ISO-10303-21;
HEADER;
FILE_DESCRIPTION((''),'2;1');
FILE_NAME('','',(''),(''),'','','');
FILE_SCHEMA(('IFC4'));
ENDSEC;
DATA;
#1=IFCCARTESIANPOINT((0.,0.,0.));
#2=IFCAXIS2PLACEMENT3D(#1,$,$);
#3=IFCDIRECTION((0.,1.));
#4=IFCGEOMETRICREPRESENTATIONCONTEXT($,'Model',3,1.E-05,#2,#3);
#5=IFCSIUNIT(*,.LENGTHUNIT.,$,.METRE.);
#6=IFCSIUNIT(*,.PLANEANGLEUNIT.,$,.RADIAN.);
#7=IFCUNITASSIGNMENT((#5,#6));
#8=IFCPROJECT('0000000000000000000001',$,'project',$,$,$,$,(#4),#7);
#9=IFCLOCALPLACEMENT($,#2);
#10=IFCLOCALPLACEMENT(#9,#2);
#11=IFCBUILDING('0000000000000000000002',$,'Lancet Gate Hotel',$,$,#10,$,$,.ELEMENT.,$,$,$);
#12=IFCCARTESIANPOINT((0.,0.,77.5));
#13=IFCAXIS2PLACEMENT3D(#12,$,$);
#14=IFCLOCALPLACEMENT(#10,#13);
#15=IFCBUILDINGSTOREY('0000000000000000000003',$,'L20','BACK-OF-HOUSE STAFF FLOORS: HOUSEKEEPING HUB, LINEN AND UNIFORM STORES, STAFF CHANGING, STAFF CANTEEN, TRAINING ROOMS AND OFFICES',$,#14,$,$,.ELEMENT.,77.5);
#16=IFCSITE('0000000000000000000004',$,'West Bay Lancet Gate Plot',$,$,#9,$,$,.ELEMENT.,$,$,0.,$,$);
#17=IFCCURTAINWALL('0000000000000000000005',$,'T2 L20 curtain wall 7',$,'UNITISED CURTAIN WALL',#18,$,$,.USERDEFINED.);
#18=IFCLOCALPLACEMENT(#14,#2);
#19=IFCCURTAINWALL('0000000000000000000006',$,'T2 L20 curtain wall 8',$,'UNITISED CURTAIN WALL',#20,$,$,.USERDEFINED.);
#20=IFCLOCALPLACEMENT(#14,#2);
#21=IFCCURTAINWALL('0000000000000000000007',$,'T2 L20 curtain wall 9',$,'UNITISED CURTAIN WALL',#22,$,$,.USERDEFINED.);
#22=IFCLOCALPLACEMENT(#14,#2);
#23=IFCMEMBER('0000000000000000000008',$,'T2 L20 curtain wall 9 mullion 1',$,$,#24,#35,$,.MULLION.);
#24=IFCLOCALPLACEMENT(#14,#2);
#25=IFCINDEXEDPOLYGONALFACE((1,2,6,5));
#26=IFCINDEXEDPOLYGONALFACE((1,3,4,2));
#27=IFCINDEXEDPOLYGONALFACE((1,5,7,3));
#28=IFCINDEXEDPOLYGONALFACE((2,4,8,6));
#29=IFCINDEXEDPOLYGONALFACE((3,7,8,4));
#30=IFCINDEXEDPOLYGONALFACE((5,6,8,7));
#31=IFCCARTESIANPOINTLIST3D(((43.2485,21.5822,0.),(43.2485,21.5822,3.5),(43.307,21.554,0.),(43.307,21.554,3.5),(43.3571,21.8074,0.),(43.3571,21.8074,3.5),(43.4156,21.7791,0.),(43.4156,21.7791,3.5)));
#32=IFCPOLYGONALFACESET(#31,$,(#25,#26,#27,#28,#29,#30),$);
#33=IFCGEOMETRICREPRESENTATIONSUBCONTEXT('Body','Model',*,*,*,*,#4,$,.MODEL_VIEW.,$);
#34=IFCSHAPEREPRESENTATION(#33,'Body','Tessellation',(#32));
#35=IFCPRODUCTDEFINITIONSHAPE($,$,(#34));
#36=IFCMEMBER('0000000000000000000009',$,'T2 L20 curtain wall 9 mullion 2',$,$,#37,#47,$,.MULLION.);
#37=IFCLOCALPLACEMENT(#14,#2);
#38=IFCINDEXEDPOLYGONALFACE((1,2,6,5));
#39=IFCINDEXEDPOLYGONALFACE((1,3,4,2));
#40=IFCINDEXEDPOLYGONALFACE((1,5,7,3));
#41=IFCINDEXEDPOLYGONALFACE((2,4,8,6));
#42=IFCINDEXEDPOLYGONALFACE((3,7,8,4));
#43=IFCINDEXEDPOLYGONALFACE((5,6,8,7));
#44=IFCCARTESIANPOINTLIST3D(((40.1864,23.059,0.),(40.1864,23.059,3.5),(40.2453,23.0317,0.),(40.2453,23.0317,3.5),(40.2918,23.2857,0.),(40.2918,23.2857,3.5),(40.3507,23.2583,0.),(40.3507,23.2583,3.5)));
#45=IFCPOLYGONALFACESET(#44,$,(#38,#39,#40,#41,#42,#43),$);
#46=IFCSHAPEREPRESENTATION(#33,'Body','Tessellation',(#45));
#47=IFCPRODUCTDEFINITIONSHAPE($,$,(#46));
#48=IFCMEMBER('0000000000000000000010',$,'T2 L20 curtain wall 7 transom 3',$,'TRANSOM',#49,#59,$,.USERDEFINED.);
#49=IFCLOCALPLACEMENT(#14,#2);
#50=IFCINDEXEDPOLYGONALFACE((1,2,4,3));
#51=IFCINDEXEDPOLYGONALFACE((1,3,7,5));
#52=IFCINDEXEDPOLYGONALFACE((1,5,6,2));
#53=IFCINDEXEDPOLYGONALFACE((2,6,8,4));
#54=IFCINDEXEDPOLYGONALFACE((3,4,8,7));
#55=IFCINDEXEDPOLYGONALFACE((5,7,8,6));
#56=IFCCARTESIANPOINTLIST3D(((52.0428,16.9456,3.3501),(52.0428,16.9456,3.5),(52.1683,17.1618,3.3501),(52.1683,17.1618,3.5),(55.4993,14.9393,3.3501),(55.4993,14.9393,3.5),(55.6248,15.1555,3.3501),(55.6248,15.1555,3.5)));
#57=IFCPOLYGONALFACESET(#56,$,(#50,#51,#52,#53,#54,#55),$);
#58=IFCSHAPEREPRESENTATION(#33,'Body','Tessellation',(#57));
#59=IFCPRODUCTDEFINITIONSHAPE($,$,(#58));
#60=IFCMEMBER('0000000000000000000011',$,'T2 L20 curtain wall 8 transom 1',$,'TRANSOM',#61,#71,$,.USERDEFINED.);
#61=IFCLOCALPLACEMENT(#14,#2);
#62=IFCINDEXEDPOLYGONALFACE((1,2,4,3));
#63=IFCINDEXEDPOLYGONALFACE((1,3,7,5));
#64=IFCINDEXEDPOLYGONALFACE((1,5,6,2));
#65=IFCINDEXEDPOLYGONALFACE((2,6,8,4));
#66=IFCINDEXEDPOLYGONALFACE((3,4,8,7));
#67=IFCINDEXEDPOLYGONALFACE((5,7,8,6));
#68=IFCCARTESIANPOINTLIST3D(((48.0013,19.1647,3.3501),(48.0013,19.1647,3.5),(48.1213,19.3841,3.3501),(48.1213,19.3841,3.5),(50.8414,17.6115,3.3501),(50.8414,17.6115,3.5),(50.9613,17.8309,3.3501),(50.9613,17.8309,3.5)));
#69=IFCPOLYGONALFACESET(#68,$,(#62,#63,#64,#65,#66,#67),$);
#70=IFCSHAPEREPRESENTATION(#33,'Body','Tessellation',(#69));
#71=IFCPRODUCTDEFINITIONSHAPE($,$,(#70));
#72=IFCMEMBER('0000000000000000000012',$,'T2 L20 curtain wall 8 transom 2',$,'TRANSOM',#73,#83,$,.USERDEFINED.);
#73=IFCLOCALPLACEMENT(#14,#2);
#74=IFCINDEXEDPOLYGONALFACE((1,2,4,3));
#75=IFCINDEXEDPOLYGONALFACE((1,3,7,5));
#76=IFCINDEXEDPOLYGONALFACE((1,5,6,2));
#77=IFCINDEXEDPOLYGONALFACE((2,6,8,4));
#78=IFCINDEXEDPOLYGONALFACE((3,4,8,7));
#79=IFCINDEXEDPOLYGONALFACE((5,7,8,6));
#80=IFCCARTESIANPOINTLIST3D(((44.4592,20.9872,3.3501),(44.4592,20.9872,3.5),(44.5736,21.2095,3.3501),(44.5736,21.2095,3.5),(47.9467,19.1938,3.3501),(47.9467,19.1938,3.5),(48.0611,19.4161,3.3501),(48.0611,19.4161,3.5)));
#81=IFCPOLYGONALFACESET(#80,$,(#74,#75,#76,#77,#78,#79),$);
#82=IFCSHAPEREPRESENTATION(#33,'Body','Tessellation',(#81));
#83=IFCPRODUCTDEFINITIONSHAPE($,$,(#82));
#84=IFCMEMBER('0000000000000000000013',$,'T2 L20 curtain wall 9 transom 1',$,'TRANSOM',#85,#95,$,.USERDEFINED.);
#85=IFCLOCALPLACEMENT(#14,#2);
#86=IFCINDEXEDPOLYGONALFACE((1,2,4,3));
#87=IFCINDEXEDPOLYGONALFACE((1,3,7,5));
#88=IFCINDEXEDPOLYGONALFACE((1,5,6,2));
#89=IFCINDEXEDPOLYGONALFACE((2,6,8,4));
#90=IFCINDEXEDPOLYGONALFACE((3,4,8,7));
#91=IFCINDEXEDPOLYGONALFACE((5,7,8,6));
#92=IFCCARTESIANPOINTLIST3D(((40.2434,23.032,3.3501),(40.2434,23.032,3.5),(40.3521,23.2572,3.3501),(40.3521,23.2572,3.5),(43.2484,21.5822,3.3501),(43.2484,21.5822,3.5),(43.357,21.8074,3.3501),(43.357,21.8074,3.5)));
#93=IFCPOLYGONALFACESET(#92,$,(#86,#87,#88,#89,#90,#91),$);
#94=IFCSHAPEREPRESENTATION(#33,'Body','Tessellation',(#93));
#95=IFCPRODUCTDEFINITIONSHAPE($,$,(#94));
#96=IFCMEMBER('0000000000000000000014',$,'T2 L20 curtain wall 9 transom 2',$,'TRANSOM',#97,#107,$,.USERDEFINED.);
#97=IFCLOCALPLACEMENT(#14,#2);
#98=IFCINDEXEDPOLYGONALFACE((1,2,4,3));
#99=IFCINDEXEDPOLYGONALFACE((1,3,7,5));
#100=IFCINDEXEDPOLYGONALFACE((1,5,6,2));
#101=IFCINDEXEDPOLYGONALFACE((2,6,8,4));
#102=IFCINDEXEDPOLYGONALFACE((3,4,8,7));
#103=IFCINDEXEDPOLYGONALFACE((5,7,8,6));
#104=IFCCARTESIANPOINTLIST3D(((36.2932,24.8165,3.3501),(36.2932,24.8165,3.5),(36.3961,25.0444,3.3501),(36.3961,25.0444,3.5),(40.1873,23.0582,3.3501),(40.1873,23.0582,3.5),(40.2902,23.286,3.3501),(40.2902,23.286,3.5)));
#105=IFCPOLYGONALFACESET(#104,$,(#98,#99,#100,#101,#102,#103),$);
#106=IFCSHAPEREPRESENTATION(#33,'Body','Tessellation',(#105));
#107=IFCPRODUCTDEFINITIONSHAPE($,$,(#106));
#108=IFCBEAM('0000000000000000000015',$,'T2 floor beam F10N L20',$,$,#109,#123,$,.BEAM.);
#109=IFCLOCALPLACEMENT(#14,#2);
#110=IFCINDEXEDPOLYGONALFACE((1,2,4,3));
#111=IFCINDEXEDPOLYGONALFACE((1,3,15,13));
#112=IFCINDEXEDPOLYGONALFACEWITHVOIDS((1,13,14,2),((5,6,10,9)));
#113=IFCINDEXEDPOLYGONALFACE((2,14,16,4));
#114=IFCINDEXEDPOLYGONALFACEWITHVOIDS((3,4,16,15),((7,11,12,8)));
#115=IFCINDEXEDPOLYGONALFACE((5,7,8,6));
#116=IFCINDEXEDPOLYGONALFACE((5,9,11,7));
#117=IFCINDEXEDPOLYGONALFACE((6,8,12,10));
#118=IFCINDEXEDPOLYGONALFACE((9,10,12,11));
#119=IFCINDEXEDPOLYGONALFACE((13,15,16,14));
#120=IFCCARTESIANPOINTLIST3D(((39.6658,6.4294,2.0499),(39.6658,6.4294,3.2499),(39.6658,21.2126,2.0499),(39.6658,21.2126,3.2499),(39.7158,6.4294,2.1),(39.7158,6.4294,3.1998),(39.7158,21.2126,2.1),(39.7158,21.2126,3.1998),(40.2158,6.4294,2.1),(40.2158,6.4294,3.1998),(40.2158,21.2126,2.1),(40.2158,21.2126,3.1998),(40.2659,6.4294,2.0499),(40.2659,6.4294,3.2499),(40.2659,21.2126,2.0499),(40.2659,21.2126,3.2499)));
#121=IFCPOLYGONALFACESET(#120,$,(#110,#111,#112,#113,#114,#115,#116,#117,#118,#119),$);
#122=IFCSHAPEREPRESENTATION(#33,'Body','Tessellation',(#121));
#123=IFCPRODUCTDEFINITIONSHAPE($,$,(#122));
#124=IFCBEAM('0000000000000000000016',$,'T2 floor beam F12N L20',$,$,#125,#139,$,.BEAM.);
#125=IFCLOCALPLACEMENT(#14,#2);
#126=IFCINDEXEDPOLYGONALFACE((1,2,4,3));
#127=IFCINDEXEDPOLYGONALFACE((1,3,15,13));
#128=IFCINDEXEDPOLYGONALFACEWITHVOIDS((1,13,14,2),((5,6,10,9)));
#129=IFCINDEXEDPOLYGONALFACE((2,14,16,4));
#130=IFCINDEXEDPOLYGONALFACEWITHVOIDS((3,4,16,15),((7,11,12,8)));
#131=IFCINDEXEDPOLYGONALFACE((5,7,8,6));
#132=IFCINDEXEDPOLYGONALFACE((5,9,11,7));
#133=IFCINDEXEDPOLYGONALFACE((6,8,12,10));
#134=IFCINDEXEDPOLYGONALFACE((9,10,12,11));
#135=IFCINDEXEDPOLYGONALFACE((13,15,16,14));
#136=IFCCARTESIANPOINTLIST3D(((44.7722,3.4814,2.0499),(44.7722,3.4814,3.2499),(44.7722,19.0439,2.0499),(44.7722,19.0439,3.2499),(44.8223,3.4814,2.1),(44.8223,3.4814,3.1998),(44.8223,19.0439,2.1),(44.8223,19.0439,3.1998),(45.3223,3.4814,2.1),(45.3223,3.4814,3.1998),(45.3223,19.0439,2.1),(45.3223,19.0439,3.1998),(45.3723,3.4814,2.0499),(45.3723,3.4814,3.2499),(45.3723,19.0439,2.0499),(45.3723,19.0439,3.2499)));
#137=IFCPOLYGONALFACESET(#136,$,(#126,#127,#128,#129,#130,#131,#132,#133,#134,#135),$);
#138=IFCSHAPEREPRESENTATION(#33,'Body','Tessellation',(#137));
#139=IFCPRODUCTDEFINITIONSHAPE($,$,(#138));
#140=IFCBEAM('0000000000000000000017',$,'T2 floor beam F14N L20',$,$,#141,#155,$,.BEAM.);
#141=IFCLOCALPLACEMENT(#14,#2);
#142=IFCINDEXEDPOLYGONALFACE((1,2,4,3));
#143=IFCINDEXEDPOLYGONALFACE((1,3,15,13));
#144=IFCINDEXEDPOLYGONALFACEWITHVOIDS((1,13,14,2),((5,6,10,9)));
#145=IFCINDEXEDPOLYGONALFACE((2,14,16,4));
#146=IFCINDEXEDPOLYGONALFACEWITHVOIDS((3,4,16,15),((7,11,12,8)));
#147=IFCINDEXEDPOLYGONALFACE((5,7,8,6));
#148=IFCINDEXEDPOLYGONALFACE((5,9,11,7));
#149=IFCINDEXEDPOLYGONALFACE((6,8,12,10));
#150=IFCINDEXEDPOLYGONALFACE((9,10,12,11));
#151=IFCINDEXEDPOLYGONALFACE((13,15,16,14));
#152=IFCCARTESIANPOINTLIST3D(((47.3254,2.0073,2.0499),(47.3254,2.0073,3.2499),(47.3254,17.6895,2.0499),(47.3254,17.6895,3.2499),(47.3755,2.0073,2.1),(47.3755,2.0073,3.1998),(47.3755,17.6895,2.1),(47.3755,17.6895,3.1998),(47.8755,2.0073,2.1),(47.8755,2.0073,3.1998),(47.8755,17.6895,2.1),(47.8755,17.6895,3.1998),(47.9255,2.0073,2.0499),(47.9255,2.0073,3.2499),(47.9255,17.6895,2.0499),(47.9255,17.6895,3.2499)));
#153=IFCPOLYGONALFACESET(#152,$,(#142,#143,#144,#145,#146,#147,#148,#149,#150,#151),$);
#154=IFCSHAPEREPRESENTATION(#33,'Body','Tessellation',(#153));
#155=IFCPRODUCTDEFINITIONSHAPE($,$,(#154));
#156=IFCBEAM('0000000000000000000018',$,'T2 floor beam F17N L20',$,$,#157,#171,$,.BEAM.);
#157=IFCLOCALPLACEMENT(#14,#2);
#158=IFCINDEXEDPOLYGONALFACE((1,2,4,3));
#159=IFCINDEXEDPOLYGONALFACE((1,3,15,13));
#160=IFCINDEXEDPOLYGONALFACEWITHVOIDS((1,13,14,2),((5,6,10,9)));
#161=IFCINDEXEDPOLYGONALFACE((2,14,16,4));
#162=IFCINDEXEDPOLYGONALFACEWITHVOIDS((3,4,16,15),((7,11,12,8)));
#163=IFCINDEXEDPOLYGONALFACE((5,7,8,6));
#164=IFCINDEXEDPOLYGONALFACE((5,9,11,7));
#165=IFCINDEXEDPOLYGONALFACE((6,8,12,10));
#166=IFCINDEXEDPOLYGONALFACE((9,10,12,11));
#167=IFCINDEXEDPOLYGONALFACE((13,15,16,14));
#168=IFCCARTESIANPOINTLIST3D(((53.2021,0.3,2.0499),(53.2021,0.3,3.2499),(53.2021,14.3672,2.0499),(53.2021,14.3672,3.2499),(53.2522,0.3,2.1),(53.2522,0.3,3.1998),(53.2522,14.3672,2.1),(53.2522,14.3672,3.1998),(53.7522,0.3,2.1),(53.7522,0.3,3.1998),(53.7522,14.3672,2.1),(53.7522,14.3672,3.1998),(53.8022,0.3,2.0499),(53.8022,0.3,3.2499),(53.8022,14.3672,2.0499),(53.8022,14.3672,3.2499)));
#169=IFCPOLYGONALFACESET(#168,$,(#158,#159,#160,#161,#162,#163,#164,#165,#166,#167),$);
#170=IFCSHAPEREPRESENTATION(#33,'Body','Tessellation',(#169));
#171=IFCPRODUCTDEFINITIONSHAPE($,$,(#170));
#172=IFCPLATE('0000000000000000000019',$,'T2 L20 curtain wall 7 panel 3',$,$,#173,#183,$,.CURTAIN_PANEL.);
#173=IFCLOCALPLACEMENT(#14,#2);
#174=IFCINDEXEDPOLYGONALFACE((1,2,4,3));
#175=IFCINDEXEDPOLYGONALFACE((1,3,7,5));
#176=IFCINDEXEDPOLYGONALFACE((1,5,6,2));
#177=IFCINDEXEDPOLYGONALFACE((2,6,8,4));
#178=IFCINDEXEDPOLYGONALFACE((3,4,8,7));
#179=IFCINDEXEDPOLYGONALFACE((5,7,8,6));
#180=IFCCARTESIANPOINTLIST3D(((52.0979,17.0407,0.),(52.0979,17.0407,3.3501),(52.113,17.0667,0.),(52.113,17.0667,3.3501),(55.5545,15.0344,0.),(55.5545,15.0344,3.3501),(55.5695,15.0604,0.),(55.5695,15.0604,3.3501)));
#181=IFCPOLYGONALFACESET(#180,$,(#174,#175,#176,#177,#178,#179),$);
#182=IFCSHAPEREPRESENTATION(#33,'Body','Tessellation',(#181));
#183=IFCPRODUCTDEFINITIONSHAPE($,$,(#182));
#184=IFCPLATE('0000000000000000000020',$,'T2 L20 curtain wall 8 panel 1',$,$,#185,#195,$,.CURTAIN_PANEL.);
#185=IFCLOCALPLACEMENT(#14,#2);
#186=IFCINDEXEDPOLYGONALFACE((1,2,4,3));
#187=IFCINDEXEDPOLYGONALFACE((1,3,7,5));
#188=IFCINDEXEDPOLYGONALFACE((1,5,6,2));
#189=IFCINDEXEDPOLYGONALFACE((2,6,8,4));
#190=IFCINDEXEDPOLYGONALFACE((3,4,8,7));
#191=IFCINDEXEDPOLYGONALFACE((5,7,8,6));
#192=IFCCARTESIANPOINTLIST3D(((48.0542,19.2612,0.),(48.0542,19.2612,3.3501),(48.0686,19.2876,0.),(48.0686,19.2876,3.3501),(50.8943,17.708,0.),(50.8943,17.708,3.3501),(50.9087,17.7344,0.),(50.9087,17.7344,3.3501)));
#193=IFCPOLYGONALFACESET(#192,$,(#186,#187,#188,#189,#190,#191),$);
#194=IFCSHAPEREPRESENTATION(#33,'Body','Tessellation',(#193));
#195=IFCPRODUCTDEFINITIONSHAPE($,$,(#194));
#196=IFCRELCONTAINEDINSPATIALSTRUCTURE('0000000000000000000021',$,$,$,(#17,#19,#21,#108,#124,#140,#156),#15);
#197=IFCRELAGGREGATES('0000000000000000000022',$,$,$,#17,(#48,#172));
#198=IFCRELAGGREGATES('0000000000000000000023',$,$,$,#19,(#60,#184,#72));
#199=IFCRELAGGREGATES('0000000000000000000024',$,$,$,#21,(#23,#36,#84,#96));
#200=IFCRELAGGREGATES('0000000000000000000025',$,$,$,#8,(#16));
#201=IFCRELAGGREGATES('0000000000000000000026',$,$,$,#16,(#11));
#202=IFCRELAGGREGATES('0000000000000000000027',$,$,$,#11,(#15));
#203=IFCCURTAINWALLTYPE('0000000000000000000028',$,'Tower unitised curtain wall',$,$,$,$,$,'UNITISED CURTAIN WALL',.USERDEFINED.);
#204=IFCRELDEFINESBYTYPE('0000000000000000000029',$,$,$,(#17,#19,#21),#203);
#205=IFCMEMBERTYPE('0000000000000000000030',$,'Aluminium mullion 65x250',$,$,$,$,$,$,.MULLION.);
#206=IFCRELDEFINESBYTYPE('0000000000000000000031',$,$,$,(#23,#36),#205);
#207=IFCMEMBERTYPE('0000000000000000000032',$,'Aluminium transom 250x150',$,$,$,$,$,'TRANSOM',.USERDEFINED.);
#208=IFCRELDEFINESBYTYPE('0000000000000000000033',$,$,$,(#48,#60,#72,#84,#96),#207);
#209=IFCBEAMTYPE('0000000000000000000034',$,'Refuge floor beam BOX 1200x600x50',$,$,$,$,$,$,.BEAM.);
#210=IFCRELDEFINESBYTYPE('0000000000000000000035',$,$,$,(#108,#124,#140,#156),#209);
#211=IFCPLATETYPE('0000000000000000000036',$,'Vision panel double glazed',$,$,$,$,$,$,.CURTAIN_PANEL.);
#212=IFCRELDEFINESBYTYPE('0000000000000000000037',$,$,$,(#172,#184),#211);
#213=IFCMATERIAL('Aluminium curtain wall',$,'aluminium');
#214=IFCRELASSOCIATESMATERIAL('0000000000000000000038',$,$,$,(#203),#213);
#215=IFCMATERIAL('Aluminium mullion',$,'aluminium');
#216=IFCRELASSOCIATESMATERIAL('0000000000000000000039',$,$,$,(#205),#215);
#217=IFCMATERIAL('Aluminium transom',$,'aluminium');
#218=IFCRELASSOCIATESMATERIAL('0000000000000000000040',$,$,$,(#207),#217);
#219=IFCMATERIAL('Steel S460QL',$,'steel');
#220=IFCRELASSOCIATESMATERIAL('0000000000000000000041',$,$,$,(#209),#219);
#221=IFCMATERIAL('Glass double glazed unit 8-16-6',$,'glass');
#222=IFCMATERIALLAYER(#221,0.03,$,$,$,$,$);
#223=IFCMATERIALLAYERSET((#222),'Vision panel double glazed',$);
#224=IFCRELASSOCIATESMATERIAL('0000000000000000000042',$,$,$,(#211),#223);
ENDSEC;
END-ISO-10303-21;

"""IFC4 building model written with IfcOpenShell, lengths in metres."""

from ifc_helpers import new_model, si_unit, direction, frame, origin, origin_2d, place, context, subcontext, project, spatial, rectangle, hollow_rectangle, extrude, material, layer, layer_set, material_profile, profile_set, type_object, element, aggregate, save


model = new_model("IFC4")

# Units and contexts
model_context = context("Model", 3, precision=1e-05, world=origin(), true_north=direction((0.0, 1.0)))
body_context = subcontext(model_context, "Body", "Model", "MODEL_VIEW")
ifc_project = project(units=[si_unit("LENGTHUNIT", "METRE"), si_unit("PLANEANGLEUNIT", "RADIAN")], contexts=[model_context])

# Site, building, storey
site_placement = place(None, origin())
site = spatial("IfcSite", under=ifc_project, at=site_placement, Name="West Bay Lancet Gate Plot", CompositionType="ELEMENT", RefElevation=0.0)
building_placement = place(site_placement, origin())
building = spatial("IfcBuilding", under=site, at=building_placement, Name="Lancet Gate Hotel", CompositionType="ELEMENT")
storey_placement = place(building_placement, frame((0.0, 0.0, 77.5)))
storey = spatial("IfcBuildingStorey", under=building, at=storey_placement, Name="L20", Description="BACK-OF-HOUSE STAFF FLOORS: HOUSEKEEPING HUB, LINEN AND UNIFORM STORES, STAFF CHANGING, STAFF CANTEEN, TRAINING ROOMS AND OFFICES", CompositionType="ELEMENT", Elevation=77.5)

# Curtain walls, members
ifc_material_1 = material(Name="Aluminium curtain wall", Category="aluminium")
curtain_wall_type = type_object("IfcCurtainWallType", Name="Tower unitised curtain wall", ElementType="UNITISED CURTAIN WALL", PredefinedType="USERDEFINED", material=ifc_material_1)
curtain_wall_1_placement = place(storey_placement, origin())
curtain_wall_1 = element("IfcCurtainWall", 1, at=curtain_wall_1_placement, inside=storey, type_object=curtain_wall_type, Name="T2 L20 curtain wall 7", ObjectType="UNITISED CURTAIN WALL", PredefinedType="USERDEFINED")
ifc_material_2 = material(Name="Aluminium mullion", Category="aluminium")
ifc_material_profile_1 = material_profile(ifc_material_2, rectangle(XDim=0.0649, YDim=0.25, at=origin_2d()), Name="MULLION 65x250")
ifc_profile_set_1 = profile_set([ifc_material_profile_1], Name="Aluminium mullion")
member_type_1 = type_object("IfcMemberType", Name="Aluminium mullion 65x250", PredefinedType="MULLION", material=ifc_profile_set_1)
curtain_wall_2_placement = place(storey_placement, origin())
curtain_wall_2 = element("IfcCurtainWall", 2, at=curtain_wall_2_placement, inside=storey, type_object=curtain_wall_type, Name="T2 L20 curtain wall 8", ObjectType="UNITISED CURTAIN WALL", PredefinedType="USERDEFINED")
curtain_wall_3_placement = place(storey_placement, origin())
curtain_wall_3 = element("IfcCurtainWall", 3, at=curtain_wall_3_placement, inside=storey, type_object=curtain_wall_type, Name="T2 L20 curtain wall 9", ObjectType="UNITISED CURTAIN WALL", PredefinedType="USERDEFINED")
member_1_placement = place(storey_placement, frame((43.332, 21.6807, 0.0), z_axis=(0.0, 0.0, 1.0), x_axis=(-0.900647, 0.43455, 0.0)))
member_1 = element("IfcMember", 4, at=member_1_placement, type_object=member_type_1, Name="T2 L20 curtain wall 9 mullion 1", PredefinedType="MULLION", context=body_context, shape_type="SweptSolid", body=[
    extrude(rectangle(XDim=0.0649, YDim=0.25, at=origin_2d()), origin(), (0.0, 0.0, 1.0), 3.5),
])
member_2_placement = place(storey_placement, frame((40.2686, 23.1587, 0.0), z_axis=(0.0, 0.0, 1.0), x_axis=(-0.906755, 0.421657, 0.0)))
member_2 = element("IfcMember", 5, at=member_2_placement, type_object=member_type_1, Name="T2 L20 curtain wall 9 mullion 2", PredefinedType="MULLION", context=body_context, shape_type="SweptSolid", body=[
    extrude(rectangle(XDim=0.0649, YDim=0.25, at=origin_2d()), origin(), (0.0, 0.0, 1.0), 3.5),
])

# Members
ifc_material_3 = material(Name="Aluminium transom", Category="aluminium")
ifc_material_profile_2 = material_profile(ifc_material_3, rectangle(XDim=0.25, YDim=0.1499, at=origin_2d()), Name="TRANSOM 250x150")
ifc_profile_set_2 = profile_set([ifc_material_profile_2], Name="Aluminium transom")
member_type_2 = type_object("IfcMemberType", Name="Aluminium transom 250x150", ElementType="TRANSOM", PredefinedType="USERDEFINED", material=ifc_profile_set_2)
member_3_placement = place(storey_placement, frame((55.562, 15.0474, 3.425), z_axis=(-0.864863, 0.502009, 0.0), x_axis=(-0.502009, -0.864863, 0.0)))
member_3 = element("IfcMember", 6, at=member_3_placement, type_object=member_type_2, Name="T2 L20 curtain wall 7 transom 3", ObjectType="TRANSOM", PredefinedType="USERDEFINED", context=body_context, shape_type="SweptSolid", body=[
    extrude(rectangle(XDim=0.25, YDim=0.1499, at=origin_2d()), origin(), (0.0, 0.0, 1.0), 3.9966),
])
member_4_placement = place(storey_placement, frame((50.9014, 17.7212, 3.425), z_axis=(-0.877365, 0.479824, 0.0), x_axis=(-0.479824, -0.877365, 0.0)))
member_4 = element("IfcMember", 7, at=member_4_placement, type_object=member_type_2, Name="T2 L20 curtain wall 8 transom 1", ObjectType="TRANSOM", PredefinedType="USERDEFINED", context=body_context, shape_type="SweptSolid", body=[
    extrude(rectangle(XDim=0.25, YDim=0.1499, at=origin_2d()), origin(), (0.0, 0.0, 1.0), 3.2371),
])
member_5_placement = place(storey_placement, frame((48.0039, 19.3049, 3.425), z_axis=(-0.889302, 0.45732, 0.0), x_axis=(-0.45732, -0.889302, 0.0)))
member_5 = element("IfcMember", 8, at=member_5_placement, type_object=member_type_2, Name="T2 L20 curtain wall 8 transom 2", ObjectType="TRANSOM", PredefinedType="USERDEFINED", context=body_context, shape_type="SweptSolid", body=[
    extrude(rectangle(XDim=0.25, YDim=0.1499, at=origin_2d()), origin(), (0.0, 0.0, 1.0), 3.9216),
])
member_6_placement = place(storey_placement, frame((43.3027, 21.6948, 3.425), z_axis=(-0.90066, 0.434524, 0.0), x_axis=(-0.434524, -0.90066, 0.0)))
member_6 = element("IfcMember", 9, at=member_6_placement, type_object=member_type_2, Name="T2 L20 curtain wall 9 transom 1", ObjectType="TRANSOM", PredefinedType="USERDEFINED", context=body_context, shape_type="SweptSolid", body=[
    extrude(rectangle(XDim=0.25, YDim=0.1499, at=origin_2d()), origin(), (0.0, 0.0, 1.0), 3.3364),
])
member_7_placement = place(storey_placement, frame((40.2388, 23.1721, 3.425), z_axis=(-0.911397, 0.411529, 0.0), x_axis=(-0.411529, -0.911397, 0.0)))
member_7 = element("IfcMember", 10, at=member_7_placement, type_object=member_type_2, Name="T2 L20 curtain wall 9 transom 2", ObjectType="TRANSOM", PredefinedType="USERDEFINED", context=body_context, shape_type="SweptSolid", body=[
    extrude(rectangle(XDim=0.25, YDim=0.1499, at=origin_2d()), origin(), (0.0, 0.0, 1.0), 4.2727),
])

# Beams
ifc_material_4 = material(Name="Steel S460QL", Category="steel")
ifc_material_profile_3 = material_profile(ifc_material_4, hollow_rectangle(XDim=0.6001, YDim=1.2, WallThickness=0.05, at=origin_2d()), Name="BOX 1200x600x50")
ifc_profile_set_3 = profile_set([ifc_material_profile_3], Name="Steel S460QL")
beam_type = type_object("IfcBeamType", Name="Refuge floor beam BOX 1200x600x50", PredefinedType="BEAM", material=ifc_profile_set_3)
beam_1_placement = place(storey_placement, frame((39.9658, 6.4294, 2.6499), z_axis=(0.0, 1.0, 0.0), x_axis=(-1.0, 0.0, 0.0)))
element("IfcBeam", 11, at=beam_1_placement, inside=storey, type_object=beam_type, Name="T2 floor beam F10N L20", PredefinedType="BEAM", context=body_context, shape_type="SweptSolid", body=[
    extrude(hollow_rectangle(XDim=0.6001, YDim=1.2, WallThickness=0.05, at=origin_2d()), origin(), (0.0, 0.0, 1.0), 14.7832),
])
beam_2_placement = place(storey_placement, frame((45.0723, 3.4814, 2.6499), z_axis=(0.0, 1.0, 0.0), x_axis=(-1.0, 0.0, 0.0)))
element("IfcBeam", 12, at=beam_2_placement, inside=storey, type_object=beam_type, Name="T2 floor beam F12N L20", PredefinedType="BEAM", context=body_context, shape_type="SweptSolid", body=[
    extrude(hollow_rectangle(XDim=0.6001, YDim=1.2, WallThickness=0.05, at=origin_2d()), origin(), (0.0, 0.0, 1.0), 15.5625),
])
beam_3_placement = place(storey_placement, frame((47.6255, 2.0073, 2.6499), z_axis=(0.0, 1.0, 0.0), x_axis=(-1.0, 0.0, 0.0)))
element("IfcBeam", 13, at=beam_3_placement, inside=storey, type_object=beam_type, Name="T2 floor beam F14N L20", PredefinedType="BEAM", context=body_context, shape_type="SweptSolid", body=[
    extrude(hollow_rectangle(XDim=0.6001, YDim=1.2, WallThickness=0.05, at=origin_2d()), origin(), (0.0, 0.0, 1.0), 15.6821),
])
beam_4_placement = place(storey_placement, frame((53.5022, 0.3, 2.6499), z_axis=(0.0, 1.0, 0.0), x_axis=(-1.0, 0.0, 0.0)))
element("IfcBeam", 14, at=beam_4_placement, inside=storey, type_object=beam_type, Name="T2 floor beam F17N L20", PredefinedType="BEAM", context=body_context, shape_type="SweptSolid", body=[
    extrude(hollow_rectangle(XDim=0.6001, YDim=1.2, WallThickness=0.05, at=origin_2d()), origin(), (0.0, 0.0, 1.0), 14.0671),
])

# Plates
ifc_material_5 = material(Name="Glass double glazed unit 8-16-6", Category="glass")
ifc_layer_1 = layer(ifc_material_5, 0.03)
ifc_layer_set_1 = layer_set([ifc_layer_1], Name="Vision panel double glazed")
plate_type = type_object("IfcPlateType", Name="Vision panel double glazed", PredefinedType="CURTAIN_PANEL", material=ifc_layer_set_1)
plate_1_placement = place(storey_placement, frame((53.8337, 16.0505, 0.0), z_axis=(0.0, 0.0, 1.0), x_axis=(-0.864872, 0.501993, 0.0)))
plate_1 = element("IfcPlate", 15, at=plate_1_placement, type_object=plate_type, Name="T2 L20 curtain wall 7 panel 3", PredefinedType="CURTAIN_PANEL", context=body_context, shape_type="SweptSolid", body=[
    extrude(rectangle(XDim=3.9966, YDim=0.03, at=origin_2d()), origin(), (0.0, 0.0, 1.0), 3.3501),
])
aggregate(curtain_wall_1, [member_3, plate_1])
plate_2_placement = place(storey_placement, frame((49.4814, 18.4978, 0.0), z_axis=(0.0, 0.0, 1.0), x_axis=(-0.877368, 0.479818, 0.0)))
plate_2 = element("IfcPlate", 16, at=plate_2_placement, type_object=plate_type, Name="T2 L20 curtain wall 8 panel 1", PredefinedType="CURTAIN_PANEL", context=body_context, shape_type="SweptSolid", body=[
    extrude(rectangle(XDim=3.2371, YDim=0.03, at=origin_2d()), origin(), (0.0, 0.0, 1.0), 3.3501),
])
aggregate(curtain_wall_2, [member_4, plate_2, member_5])
aggregate(curtain_wall_3, [member_1, member_2, member_6, member_7])

save(model, "model.ifc")
